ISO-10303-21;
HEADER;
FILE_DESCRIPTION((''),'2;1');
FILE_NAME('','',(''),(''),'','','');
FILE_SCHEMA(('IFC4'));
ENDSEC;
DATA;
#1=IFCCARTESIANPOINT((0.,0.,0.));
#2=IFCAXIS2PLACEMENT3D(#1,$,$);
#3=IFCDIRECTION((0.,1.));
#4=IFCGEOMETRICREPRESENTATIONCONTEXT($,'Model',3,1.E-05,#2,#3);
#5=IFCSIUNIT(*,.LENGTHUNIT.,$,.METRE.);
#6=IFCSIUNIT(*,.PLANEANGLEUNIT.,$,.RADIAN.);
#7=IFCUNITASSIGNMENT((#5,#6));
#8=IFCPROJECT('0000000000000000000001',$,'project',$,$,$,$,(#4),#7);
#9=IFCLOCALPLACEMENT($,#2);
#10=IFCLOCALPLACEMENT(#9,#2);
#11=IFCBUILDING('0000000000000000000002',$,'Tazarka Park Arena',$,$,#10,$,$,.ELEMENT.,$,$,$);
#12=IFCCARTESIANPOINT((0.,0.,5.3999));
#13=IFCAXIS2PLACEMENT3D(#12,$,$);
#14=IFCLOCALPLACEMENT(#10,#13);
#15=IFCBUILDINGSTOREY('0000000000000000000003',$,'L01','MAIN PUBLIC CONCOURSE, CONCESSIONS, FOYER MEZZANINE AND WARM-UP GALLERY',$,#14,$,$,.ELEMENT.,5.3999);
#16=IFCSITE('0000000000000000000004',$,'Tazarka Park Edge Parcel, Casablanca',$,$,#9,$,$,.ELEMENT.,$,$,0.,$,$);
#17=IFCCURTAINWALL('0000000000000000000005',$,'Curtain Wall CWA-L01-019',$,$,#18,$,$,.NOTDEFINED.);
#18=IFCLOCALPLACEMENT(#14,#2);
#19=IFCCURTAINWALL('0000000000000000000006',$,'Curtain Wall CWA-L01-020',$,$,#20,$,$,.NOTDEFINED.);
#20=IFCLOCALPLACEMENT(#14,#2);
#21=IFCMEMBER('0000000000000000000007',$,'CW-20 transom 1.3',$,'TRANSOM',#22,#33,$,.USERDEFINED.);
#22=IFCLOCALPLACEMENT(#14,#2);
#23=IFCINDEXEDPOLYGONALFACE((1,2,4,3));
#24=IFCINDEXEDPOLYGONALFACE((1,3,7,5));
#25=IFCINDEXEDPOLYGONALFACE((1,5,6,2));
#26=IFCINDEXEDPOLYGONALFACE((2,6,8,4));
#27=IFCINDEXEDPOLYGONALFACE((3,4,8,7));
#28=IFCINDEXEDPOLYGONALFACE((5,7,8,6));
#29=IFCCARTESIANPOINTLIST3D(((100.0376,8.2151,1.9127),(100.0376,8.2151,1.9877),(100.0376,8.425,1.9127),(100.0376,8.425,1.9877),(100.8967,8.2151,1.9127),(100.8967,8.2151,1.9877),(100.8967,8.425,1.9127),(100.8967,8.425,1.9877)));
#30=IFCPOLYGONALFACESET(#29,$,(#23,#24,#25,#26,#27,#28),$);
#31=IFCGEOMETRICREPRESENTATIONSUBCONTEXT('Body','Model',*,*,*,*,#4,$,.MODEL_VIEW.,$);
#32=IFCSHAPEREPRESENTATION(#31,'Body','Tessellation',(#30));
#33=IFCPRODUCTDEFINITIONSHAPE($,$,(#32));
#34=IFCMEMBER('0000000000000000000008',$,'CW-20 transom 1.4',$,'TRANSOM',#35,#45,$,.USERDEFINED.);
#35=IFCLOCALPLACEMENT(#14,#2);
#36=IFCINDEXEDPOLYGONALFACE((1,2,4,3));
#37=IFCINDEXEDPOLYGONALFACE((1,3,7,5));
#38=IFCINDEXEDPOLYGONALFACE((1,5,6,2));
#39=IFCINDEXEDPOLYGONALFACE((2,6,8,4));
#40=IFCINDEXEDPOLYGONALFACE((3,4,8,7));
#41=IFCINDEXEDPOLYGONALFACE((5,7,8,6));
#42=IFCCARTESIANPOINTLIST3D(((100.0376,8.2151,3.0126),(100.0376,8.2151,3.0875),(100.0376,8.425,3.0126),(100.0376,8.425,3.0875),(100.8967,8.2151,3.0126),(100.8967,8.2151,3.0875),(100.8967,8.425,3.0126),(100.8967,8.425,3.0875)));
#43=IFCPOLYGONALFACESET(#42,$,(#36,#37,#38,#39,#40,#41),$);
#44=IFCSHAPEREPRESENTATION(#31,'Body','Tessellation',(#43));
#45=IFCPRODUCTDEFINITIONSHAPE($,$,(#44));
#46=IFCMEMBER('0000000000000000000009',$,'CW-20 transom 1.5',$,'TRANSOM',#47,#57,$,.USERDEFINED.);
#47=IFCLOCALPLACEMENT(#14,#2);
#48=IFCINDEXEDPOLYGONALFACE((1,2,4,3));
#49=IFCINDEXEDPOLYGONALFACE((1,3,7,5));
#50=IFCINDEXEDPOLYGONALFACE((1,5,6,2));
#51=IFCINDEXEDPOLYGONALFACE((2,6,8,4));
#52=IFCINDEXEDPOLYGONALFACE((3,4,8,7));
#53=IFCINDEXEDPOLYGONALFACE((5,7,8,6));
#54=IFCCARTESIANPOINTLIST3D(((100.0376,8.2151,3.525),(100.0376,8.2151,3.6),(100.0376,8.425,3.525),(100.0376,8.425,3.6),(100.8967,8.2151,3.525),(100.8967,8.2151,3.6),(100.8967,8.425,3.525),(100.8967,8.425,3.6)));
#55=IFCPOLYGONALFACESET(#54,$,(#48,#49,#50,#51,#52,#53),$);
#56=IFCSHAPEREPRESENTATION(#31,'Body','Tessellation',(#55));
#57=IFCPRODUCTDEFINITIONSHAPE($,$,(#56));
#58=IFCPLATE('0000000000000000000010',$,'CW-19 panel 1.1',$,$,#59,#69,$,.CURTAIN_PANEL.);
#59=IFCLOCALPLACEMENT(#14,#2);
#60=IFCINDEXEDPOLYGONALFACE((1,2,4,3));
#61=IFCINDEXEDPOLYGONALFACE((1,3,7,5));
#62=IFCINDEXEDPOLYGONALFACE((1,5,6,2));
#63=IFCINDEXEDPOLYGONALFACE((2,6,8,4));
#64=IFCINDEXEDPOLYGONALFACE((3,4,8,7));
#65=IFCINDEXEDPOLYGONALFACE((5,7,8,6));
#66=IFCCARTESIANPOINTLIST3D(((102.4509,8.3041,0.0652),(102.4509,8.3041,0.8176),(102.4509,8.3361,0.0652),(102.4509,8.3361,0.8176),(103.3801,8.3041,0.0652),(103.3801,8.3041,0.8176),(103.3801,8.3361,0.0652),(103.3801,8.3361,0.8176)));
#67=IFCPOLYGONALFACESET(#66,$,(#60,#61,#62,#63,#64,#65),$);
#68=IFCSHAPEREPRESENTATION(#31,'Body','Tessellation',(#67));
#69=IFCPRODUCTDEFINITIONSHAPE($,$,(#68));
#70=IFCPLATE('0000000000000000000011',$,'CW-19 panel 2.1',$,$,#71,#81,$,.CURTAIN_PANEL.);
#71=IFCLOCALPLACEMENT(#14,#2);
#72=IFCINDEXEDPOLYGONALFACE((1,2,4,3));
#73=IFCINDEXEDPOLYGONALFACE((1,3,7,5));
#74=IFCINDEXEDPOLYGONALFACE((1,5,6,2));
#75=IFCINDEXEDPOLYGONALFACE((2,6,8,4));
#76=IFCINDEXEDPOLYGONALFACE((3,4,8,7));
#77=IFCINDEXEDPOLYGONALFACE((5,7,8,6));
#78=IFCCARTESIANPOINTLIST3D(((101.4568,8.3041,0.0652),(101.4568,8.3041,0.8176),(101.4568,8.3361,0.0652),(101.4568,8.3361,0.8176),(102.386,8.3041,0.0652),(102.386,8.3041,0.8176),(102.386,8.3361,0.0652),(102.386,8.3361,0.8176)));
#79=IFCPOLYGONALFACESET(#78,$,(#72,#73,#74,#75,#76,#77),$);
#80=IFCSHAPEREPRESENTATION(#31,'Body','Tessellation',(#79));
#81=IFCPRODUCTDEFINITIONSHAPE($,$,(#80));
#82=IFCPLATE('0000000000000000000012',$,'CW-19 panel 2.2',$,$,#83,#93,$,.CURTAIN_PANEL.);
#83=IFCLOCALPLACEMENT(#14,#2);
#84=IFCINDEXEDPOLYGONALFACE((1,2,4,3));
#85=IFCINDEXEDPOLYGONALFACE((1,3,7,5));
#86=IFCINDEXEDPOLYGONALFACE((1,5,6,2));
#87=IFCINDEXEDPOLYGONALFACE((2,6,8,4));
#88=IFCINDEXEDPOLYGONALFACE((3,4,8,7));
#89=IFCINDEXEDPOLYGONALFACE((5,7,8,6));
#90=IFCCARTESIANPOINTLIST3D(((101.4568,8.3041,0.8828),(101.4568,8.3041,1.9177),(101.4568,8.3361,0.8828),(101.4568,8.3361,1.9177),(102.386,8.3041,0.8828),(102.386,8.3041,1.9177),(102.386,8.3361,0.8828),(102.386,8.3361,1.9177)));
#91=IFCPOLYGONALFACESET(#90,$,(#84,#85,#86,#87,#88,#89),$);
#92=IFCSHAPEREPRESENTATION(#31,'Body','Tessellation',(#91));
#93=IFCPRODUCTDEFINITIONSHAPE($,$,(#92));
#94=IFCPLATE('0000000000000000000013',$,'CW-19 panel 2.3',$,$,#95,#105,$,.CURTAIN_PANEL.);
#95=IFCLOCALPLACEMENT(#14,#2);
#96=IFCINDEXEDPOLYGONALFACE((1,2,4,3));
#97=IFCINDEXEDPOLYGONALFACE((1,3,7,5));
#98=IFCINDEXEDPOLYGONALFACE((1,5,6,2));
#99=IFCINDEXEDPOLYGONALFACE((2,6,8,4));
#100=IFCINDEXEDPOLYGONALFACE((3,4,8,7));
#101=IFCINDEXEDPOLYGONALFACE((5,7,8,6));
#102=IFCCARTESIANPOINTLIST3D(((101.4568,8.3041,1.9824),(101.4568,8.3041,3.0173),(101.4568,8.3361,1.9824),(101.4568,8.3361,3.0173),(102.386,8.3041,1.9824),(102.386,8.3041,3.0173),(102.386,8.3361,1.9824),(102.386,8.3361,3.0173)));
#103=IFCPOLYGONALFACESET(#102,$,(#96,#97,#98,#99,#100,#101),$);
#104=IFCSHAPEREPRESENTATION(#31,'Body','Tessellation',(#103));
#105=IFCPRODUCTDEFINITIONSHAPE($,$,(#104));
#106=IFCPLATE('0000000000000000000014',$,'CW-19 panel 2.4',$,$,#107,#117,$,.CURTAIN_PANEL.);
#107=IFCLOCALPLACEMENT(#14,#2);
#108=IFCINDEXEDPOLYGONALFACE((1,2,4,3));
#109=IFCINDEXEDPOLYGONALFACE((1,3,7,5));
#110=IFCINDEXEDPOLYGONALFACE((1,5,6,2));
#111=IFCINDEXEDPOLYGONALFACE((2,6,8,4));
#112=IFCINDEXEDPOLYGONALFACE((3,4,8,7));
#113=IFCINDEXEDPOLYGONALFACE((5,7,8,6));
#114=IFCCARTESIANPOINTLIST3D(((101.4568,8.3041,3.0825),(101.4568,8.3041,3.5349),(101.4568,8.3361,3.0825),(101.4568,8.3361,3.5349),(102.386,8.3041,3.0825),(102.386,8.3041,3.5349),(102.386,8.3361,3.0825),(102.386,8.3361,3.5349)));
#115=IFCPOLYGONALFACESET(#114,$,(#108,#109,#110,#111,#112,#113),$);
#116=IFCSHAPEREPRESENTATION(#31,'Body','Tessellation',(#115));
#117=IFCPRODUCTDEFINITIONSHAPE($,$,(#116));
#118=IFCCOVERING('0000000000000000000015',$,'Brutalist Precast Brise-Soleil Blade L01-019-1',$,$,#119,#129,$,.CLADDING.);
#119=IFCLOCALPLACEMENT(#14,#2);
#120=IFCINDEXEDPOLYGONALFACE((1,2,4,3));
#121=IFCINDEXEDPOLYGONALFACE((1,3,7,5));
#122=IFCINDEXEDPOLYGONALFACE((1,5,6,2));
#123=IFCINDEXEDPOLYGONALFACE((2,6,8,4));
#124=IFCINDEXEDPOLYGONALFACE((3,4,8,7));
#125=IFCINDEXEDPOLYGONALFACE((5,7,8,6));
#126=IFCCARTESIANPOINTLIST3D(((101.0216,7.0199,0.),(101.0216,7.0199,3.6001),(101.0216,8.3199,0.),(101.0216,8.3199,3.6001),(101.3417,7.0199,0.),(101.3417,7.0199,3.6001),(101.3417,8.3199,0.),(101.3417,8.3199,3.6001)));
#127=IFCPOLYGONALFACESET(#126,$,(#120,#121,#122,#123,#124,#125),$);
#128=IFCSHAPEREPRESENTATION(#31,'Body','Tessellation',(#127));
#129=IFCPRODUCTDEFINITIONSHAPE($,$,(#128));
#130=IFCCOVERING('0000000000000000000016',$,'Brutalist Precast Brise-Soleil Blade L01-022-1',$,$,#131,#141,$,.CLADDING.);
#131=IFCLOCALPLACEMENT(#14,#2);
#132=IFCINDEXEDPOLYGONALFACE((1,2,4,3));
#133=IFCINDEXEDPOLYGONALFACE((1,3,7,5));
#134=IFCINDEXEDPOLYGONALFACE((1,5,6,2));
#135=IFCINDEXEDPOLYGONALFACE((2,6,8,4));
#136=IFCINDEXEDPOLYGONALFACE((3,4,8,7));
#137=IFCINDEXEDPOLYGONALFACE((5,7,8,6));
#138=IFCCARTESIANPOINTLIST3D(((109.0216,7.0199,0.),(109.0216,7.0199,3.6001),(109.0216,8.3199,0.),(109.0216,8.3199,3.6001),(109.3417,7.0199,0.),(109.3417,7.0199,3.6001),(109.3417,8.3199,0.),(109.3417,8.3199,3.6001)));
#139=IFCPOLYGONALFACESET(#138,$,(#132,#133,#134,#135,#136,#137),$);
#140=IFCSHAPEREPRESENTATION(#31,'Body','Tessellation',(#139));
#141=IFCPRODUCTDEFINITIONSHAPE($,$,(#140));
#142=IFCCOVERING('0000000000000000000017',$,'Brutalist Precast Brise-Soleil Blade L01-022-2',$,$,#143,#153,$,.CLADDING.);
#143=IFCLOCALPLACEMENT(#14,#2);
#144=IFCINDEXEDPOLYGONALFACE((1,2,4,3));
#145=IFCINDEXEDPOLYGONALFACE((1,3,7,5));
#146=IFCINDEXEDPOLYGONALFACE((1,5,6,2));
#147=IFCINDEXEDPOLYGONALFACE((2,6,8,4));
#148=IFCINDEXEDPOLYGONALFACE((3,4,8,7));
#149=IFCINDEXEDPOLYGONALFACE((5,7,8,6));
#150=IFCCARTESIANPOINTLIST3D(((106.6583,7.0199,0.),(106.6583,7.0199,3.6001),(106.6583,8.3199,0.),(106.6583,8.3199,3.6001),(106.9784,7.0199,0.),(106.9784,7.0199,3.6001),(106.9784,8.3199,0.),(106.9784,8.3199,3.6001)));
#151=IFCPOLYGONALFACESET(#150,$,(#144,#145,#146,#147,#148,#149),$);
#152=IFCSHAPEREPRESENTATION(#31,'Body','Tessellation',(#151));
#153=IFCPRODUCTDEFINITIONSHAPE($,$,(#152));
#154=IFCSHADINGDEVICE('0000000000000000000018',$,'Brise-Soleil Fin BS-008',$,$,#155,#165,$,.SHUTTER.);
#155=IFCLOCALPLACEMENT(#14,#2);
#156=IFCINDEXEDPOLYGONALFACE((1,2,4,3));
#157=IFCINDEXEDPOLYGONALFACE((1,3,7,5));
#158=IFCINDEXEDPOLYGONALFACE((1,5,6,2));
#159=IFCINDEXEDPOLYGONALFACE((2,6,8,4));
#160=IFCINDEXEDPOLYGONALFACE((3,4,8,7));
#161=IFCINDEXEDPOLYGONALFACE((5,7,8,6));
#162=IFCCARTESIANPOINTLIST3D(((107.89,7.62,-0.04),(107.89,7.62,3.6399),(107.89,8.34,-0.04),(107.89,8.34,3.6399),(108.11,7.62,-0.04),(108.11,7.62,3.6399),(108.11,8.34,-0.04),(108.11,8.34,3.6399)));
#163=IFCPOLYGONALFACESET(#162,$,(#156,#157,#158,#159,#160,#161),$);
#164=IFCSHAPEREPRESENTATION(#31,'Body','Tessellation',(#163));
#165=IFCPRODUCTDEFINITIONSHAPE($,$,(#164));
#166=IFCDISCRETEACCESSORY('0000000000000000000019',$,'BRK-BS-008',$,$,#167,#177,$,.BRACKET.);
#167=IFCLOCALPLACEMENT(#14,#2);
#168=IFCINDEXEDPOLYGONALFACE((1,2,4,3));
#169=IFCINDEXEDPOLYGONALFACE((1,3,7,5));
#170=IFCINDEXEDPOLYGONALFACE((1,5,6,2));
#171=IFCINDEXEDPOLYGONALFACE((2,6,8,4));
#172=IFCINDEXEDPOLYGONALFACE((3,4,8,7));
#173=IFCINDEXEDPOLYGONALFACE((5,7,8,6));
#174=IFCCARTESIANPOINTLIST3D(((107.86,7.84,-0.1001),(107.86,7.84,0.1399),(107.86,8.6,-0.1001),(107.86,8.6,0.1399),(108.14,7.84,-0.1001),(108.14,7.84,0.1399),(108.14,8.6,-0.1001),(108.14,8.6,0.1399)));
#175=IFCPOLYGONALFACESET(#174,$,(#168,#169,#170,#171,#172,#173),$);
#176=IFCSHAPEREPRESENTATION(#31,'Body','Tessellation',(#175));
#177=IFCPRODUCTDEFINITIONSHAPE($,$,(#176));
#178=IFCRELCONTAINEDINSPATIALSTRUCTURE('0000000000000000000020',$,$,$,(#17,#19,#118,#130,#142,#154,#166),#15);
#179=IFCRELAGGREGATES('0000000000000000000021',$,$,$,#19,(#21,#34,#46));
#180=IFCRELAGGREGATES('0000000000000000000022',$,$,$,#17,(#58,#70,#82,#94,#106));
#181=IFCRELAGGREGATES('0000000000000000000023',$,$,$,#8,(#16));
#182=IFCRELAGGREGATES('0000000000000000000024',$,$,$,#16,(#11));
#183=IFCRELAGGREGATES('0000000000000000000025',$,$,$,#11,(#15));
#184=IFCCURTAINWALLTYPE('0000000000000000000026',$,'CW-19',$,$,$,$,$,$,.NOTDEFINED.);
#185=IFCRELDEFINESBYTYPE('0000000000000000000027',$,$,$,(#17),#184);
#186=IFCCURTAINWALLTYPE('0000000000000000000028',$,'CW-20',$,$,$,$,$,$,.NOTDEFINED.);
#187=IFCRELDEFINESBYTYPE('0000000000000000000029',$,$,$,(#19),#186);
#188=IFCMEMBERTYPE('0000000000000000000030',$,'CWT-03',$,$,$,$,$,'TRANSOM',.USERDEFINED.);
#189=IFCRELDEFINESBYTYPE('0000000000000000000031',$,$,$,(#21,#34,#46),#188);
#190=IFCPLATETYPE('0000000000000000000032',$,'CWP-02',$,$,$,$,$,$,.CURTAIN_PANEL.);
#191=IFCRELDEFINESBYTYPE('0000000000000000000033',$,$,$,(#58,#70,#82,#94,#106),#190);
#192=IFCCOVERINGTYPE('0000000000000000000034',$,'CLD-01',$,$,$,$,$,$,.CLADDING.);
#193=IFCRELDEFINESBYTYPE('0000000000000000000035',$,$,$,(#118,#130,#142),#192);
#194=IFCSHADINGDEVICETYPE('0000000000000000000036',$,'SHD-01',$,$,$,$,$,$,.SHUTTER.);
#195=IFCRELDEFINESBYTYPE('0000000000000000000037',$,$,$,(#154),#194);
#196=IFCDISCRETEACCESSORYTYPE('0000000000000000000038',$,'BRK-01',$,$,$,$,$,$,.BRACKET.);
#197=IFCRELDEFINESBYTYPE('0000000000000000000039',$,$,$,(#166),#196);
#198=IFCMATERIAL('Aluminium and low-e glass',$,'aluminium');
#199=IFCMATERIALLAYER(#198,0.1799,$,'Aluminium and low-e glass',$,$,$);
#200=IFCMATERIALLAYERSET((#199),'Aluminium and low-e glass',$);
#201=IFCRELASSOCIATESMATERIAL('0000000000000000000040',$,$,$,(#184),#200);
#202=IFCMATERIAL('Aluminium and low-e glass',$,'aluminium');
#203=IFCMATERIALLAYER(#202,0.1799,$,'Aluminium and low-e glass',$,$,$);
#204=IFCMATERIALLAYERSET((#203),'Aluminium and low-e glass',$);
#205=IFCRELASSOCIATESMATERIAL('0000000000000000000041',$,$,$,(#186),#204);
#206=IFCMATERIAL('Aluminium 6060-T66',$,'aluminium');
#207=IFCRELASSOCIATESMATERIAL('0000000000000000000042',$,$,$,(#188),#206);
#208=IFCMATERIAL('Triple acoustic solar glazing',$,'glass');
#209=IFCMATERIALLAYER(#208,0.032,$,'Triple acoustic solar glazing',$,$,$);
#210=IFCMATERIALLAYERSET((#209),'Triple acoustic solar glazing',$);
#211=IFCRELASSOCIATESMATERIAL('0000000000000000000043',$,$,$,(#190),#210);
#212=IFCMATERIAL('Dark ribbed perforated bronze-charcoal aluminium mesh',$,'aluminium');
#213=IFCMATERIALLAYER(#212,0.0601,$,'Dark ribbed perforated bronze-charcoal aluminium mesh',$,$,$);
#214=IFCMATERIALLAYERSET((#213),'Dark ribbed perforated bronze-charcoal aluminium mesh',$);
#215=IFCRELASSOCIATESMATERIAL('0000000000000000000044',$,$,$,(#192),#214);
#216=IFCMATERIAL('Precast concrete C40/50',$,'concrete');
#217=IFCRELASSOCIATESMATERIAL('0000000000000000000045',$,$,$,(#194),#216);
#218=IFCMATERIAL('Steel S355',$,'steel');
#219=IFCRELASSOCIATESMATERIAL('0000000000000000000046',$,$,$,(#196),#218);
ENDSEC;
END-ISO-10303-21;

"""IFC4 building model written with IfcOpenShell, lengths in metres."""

from ifc_helpers import new_model, si_unit, direction, frame, origin, origin_2d, place, context, subcontext, project, spatial, rectangle, extrude, material, layer, layer_set, material_profile, profile_set, type_object, element, aggregate, save


model = new_model("IFC4")

# Units and contexts
model_context = context("Model", 3, precision=1e-05, world=origin(), true_north=direction((0.0, 1.0)))
body_context = subcontext(model_context, "Body", "Model", "MODEL_VIEW")
ifc_project = project(units=[si_unit("LENGTHUNIT", "METRE"), si_unit("PLANEANGLEUNIT", "RADIAN")], contexts=[model_context])

# Site, building, storey
site_placement = place(None, origin())
site = spatial("IfcSite", under=ifc_project, at=site_placement, Name="Tazarka Park Edge Parcel, Casablanca", CompositionType="ELEMENT", RefElevation=0.0)
building_placement = place(site_placement, origin())
building = spatial("IfcBuilding", under=site, at=building_placement, Name="Tazarka Park Arena", CompositionType="ELEMENT")
storey_placement = place(building_placement, frame((0.0, 0.0, 5.3999)))
storey = spatial("IfcBuildingStorey", under=building, at=storey_placement, Name="L01", Description="MAIN PUBLIC CONCOURSE, CONCESSIONS, FOYER MEZZANINE AND WARM-UP GALLERY", CompositionType="ELEMENT", Elevation=5.3999)

# Curtain wall
ifc_material_1 = material(Name="Aluminium and low-e glass", Category="aluminium")
ifc_layer_1 = layer(ifc_material_1, 0.1799, Name="Aluminium and low-e glass")
ifc_layer_set_1 = layer_set([ifc_layer_1], Name="Aluminium and low-e glass")
curtain_wall_type_1 = type_object("IfcCurtainWallType", Name="CW-19", PredefinedType="NOTDEFINED", material=ifc_layer_set_1)
curtain_wall_1_placement = place(storey_placement, origin())
curtain_wall_1 = element("IfcCurtainWall", 1, at=curtain_wall_1_placement, inside=storey, type_object=curtain_wall_type_1, Name="Curtain Wall CWA-L01-019", PredefinedType="NOTDEFINED")

# Curtain wall
ifc_material_2 = material(Name="Aluminium and low-e glass", Category="aluminium")
ifc_layer_2 = layer(ifc_material_2, 0.1799, Name="Aluminium and low-e glass")
ifc_layer_set_2 = layer_set([ifc_layer_2], Name="Aluminium and low-e glass")
curtain_wall_type_2 = type_object("IfcCurtainWallType", Name="CW-20", PredefinedType="NOTDEFINED", material=ifc_layer_set_2)
curtain_wall_2_placement = place(storey_placement, origin())
curtain_wall_2 = element("IfcCurtainWall", 2, at=curtain_wall_2_placement, inside=storey, type_object=curtain_wall_type_2, Name="Curtain Wall CWA-L01-020", PredefinedType="NOTDEFINED")

# Members
ifc_material_3 = material(Name="Aluminium 6060-T66", Category="aluminium")
ifc_material_profile_1 = material_profile(ifc_material_3, rectangle(XDim=0.21, YDim=0.075, at=origin_2d()), Name="Aluminium 6060-T66")
ifc_profile_set_1 = profile_set([ifc_material_profile_1], Name="Aluminium 6060-T66")
member_type_1 = type_object("IfcMemberType", Name="CWT-03", ElementType="TRANSOM", PredefinedType="USERDEFINED", material=ifc_profile_set_1)
member_1_placement = place(storey_placement, frame((100.8967, 8.3201, 1.9502), z_axis=(-1.0, 0.0, 0.0), x_axis=(0.0, -1.0, 0.0)))
member_1 = element("IfcMember", 3, at=member_1_placement, type_object=member_type_1, Name="CW-20 transom 1.3", ObjectType="TRANSOM", PredefinedType="USERDEFINED", context=body_context, shape_type="SweptSolid", body=[
    extrude(rectangle(XDim=0.21, YDim=0.075, at=origin_2d()), origin(), (0.0, 0.0, 1.0), 0.8591),
])
member_2_placement = place(storey_placement, frame((100.8967, 8.3201, 3.05), z_axis=(-1.0, 0.0, 0.0), x_axis=(0.0, -1.0, 0.0)))
member_2 = element("IfcMember", 4, at=member_2_placement, type_object=member_type_1, Name="CW-20 transom 1.4", ObjectType="TRANSOM", PredefinedType="USERDEFINED", context=body_context, shape_type="SweptSolid", body=[
    extrude(rectangle(XDim=0.21, YDim=0.075, at=origin_2d()), origin(), (0.0, 0.0, 1.0), 0.8591),
])
member_3_placement = place(storey_placement, frame((100.8967, 8.3201, 3.5625), z_axis=(-1.0, 0.0, 0.0), x_axis=(0.0, -1.0, 0.0)))
member_3 = element("IfcMember", 5, at=member_3_placement, type_object=member_type_1, Name="CW-20 transom 1.5", ObjectType="TRANSOM", PredefinedType="USERDEFINED", context=body_context, shape_type="SweptSolid", body=[
    extrude(rectangle(XDim=0.21, YDim=0.075, at=origin_2d()), origin(), (0.0, 0.0, 1.0), 0.8591),
])
aggregate(curtain_wall_2, [member_1, member_2, member_3])

# Plates
ifc_material_4 = material(Name="Triple acoustic solar glazing", Category="glass")
ifc_layer_3 = layer(ifc_material_4, 0.032, Name="Triple acoustic solar glazing")
ifc_layer_set_3 = layer_set([ifc_layer_3], Name="Triple acoustic solar glazing")
plate_type = type_object("IfcPlateType", Name="CWP-02", PredefinedType="CURTAIN_PANEL", material=ifc_layer_set_3)
plate_1_placement = place(storey_placement, frame((102.9155, 8.3201, 0.0652), z_axis=(0.0, 0.0, 1.0), x_axis=(-1.0, 0.0, 0.0)))
plate_1 = element("IfcPlate", 6, at=plate_1_placement, type_object=plate_type, Name="CW-19 panel 1.1", PredefinedType="CURTAIN_PANEL", context=body_context, shape_type="SweptSolid", body=[
    extrude(rectangle(XDim=0.9292, YDim=0.032, at=origin_2d()), origin(), (0.0, 0.0, 1.0), 0.7524),
])
plate_2_placement = place(storey_placement, frame((101.9214, 8.3201, 0.0652), z_axis=(0.0, 0.0, 1.0), x_axis=(-1.0, 0.0, 0.0)))
plate_2 = element("IfcPlate", 7, at=plate_2_placement, type_object=plate_type, Name="CW-19 panel 2.1", PredefinedType="CURTAIN_PANEL", context=body_context, shape_type="SweptSolid", body=[
    extrude(rectangle(XDim=0.9292, YDim=0.032, at=origin_2d()), origin(), (0.0, 0.0, 1.0), 0.7524),
])
plate_3_placement = place(storey_placement, frame((101.9214, 8.3201, 0.8828), z_axis=(0.0, 0.0, 1.0), x_axis=(-1.0, 0.0, 0.0)))
plate_3 = element("IfcPlate", 8, at=plate_3_placement, type_object=plate_type, Name="CW-19 panel 2.2", PredefinedType="CURTAIN_PANEL", context=body_context, shape_type="SweptSolid", body=[
    extrude(rectangle(XDim=0.9292, YDim=0.032, at=origin_2d()), origin(), (0.0, 0.0, 1.0), 1.0349),
])
plate_4_placement = place(storey_placement, frame((101.9214, 8.3201, 1.9824), z_axis=(0.0, 0.0, 1.0), x_axis=(-1.0, 0.0, 0.0)))
plate_4 = element("IfcPlate", 9, at=plate_4_placement, type_object=plate_type, Name="CW-19 panel 2.3", PredefinedType="CURTAIN_PANEL", context=body_context, shape_type="SweptSolid", body=[
    extrude(rectangle(XDim=0.9292, YDim=0.032, at=origin_2d()), origin(), (0.0, 0.0, 1.0), 1.0349),
])
plate_5_placement = place(storey_placement, frame((101.9214, 8.3201, 3.0825), z_axis=(0.0, 0.0, 1.0), x_axis=(-1.0, 0.0, 0.0)))
plate_5 = element("IfcPlate", 10, at=plate_5_placement, type_object=plate_type, Name="CW-19 panel 2.4", PredefinedType="CURTAIN_PANEL", context=body_context, shape_type="SweptSolid", body=[
    extrude(rectangle(XDim=0.9292, YDim=0.032, at=origin_2d()), origin(), (0.0, 0.0, 1.0), 0.4524),
])
aggregate(curtain_wall_1, [plate_1, plate_2, plate_3, plate_4, plate_5])

# Coverings
ifc_material_5 = material(Name="Dark ribbed perforated bronze-charcoal aluminium mesh", Category="aluminium")
ifc_layer_4 = layer(ifc_material_5, 0.0601, Name="Dark ribbed perforated bronze-charcoal aluminium mesh")
ifc_layer_set_4 = layer_set([ifc_layer_4], Name="Dark ribbed perforated bronze-charcoal aluminium mesh")
covering_type = type_object("IfcCoveringType", Name="CLD-01", PredefinedType="CLADDING", material=ifc_layer_set_4)
for number, where, z_axis, x_axis, name in (
    (11, (101.1816, 7.6699, 0.0), (0.0, 0.0, 1.0), (-1.0, 0.0, 0.0), "Brutalist Precast Brise-Soleil Blade L01-019-1"),
    (12, (109.1816, 7.6699, 0.0), (0.0, 0.0, 1.0), (-1.0, 0.0, 0.0), "Brutalist Precast Brise-Soleil Blade L01-022-1"),
    (13, (106.8184, 7.6699, 0.0), (0.0, 0.0, 1.0), (-1.0, 0.0, 0.0), "Brutalist Precast Brise-Soleil Blade L01-022-2"),
):
    element("IfcCovering", number, at=place(storey_placement, frame(where, z_axis=z_axis, x_axis=x_axis)), inside=storey, type_object=covering_type, Name=name, PredefinedType="CLADDING", context=body_context, shape_type="SweptSolid", body=[
        extrude(rectangle(XDim=0.3201, YDim=1.3, at=origin_2d()), origin(), (0.0, 0.0, 1.0), 3.6001),
    ])

# Shading device
ifc_material_6 = material(Name="Precast concrete C40/50", Category="concrete")
shading_device_type = type_object("IfcShadingDeviceType", Name="SHD-01", PredefinedType="SHUTTER", material=ifc_material_6)
shading_device_placement = place(storey_placement, frame((108.0, 7.98, -0.04), z_axis=(0.0, 0.0, 1.0), x_axis=(-1.0, 0.0, 0.0)))
element("IfcShadingDevice", 14, at=shading_device_placement, inside=storey, type_object=shading_device_type, Name="Brise-Soleil Fin BS-008", PredefinedType="SHUTTER", context=body_context, shape_type="SweptSolid", body=[
    extrude(rectangle(XDim=0.22, YDim=0.72, at=origin_2d()), origin(), (0.0, 0.0, 1.0), 3.6799),
])

# Discrete accessory
ifc_material_7 = material(Name="Steel S355", Category="steel")
discrete_accessory_type = type_object("IfcDiscreteAccessoryType", Name="BRK-01", PredefinedType="BRACKET", material=ifc_material_7)
discrete_accessory_placement = place(storey_placement, frame((108.0, 8.22, -0.1001), z_axis=(0.0, 0.0, 1.0), x_axis=(-1.0, 0.0, 0.0)))
element("IfcDiscreteAccessory", 15, at=discrete_accessory_placement, inside=storey, type_object=discrete_accessory_type, Name="BRK-BS-008", PredefinedType="BRACKET", context=body_context, shape_type="SweptSolid", body=[
    extrude(rectangle(XDim=0.28, YDim=0.76, at=origin_2d()), origin(), (0.0, 0.0, 1.0), 0.24),
])

save(model, "model.ifc")
